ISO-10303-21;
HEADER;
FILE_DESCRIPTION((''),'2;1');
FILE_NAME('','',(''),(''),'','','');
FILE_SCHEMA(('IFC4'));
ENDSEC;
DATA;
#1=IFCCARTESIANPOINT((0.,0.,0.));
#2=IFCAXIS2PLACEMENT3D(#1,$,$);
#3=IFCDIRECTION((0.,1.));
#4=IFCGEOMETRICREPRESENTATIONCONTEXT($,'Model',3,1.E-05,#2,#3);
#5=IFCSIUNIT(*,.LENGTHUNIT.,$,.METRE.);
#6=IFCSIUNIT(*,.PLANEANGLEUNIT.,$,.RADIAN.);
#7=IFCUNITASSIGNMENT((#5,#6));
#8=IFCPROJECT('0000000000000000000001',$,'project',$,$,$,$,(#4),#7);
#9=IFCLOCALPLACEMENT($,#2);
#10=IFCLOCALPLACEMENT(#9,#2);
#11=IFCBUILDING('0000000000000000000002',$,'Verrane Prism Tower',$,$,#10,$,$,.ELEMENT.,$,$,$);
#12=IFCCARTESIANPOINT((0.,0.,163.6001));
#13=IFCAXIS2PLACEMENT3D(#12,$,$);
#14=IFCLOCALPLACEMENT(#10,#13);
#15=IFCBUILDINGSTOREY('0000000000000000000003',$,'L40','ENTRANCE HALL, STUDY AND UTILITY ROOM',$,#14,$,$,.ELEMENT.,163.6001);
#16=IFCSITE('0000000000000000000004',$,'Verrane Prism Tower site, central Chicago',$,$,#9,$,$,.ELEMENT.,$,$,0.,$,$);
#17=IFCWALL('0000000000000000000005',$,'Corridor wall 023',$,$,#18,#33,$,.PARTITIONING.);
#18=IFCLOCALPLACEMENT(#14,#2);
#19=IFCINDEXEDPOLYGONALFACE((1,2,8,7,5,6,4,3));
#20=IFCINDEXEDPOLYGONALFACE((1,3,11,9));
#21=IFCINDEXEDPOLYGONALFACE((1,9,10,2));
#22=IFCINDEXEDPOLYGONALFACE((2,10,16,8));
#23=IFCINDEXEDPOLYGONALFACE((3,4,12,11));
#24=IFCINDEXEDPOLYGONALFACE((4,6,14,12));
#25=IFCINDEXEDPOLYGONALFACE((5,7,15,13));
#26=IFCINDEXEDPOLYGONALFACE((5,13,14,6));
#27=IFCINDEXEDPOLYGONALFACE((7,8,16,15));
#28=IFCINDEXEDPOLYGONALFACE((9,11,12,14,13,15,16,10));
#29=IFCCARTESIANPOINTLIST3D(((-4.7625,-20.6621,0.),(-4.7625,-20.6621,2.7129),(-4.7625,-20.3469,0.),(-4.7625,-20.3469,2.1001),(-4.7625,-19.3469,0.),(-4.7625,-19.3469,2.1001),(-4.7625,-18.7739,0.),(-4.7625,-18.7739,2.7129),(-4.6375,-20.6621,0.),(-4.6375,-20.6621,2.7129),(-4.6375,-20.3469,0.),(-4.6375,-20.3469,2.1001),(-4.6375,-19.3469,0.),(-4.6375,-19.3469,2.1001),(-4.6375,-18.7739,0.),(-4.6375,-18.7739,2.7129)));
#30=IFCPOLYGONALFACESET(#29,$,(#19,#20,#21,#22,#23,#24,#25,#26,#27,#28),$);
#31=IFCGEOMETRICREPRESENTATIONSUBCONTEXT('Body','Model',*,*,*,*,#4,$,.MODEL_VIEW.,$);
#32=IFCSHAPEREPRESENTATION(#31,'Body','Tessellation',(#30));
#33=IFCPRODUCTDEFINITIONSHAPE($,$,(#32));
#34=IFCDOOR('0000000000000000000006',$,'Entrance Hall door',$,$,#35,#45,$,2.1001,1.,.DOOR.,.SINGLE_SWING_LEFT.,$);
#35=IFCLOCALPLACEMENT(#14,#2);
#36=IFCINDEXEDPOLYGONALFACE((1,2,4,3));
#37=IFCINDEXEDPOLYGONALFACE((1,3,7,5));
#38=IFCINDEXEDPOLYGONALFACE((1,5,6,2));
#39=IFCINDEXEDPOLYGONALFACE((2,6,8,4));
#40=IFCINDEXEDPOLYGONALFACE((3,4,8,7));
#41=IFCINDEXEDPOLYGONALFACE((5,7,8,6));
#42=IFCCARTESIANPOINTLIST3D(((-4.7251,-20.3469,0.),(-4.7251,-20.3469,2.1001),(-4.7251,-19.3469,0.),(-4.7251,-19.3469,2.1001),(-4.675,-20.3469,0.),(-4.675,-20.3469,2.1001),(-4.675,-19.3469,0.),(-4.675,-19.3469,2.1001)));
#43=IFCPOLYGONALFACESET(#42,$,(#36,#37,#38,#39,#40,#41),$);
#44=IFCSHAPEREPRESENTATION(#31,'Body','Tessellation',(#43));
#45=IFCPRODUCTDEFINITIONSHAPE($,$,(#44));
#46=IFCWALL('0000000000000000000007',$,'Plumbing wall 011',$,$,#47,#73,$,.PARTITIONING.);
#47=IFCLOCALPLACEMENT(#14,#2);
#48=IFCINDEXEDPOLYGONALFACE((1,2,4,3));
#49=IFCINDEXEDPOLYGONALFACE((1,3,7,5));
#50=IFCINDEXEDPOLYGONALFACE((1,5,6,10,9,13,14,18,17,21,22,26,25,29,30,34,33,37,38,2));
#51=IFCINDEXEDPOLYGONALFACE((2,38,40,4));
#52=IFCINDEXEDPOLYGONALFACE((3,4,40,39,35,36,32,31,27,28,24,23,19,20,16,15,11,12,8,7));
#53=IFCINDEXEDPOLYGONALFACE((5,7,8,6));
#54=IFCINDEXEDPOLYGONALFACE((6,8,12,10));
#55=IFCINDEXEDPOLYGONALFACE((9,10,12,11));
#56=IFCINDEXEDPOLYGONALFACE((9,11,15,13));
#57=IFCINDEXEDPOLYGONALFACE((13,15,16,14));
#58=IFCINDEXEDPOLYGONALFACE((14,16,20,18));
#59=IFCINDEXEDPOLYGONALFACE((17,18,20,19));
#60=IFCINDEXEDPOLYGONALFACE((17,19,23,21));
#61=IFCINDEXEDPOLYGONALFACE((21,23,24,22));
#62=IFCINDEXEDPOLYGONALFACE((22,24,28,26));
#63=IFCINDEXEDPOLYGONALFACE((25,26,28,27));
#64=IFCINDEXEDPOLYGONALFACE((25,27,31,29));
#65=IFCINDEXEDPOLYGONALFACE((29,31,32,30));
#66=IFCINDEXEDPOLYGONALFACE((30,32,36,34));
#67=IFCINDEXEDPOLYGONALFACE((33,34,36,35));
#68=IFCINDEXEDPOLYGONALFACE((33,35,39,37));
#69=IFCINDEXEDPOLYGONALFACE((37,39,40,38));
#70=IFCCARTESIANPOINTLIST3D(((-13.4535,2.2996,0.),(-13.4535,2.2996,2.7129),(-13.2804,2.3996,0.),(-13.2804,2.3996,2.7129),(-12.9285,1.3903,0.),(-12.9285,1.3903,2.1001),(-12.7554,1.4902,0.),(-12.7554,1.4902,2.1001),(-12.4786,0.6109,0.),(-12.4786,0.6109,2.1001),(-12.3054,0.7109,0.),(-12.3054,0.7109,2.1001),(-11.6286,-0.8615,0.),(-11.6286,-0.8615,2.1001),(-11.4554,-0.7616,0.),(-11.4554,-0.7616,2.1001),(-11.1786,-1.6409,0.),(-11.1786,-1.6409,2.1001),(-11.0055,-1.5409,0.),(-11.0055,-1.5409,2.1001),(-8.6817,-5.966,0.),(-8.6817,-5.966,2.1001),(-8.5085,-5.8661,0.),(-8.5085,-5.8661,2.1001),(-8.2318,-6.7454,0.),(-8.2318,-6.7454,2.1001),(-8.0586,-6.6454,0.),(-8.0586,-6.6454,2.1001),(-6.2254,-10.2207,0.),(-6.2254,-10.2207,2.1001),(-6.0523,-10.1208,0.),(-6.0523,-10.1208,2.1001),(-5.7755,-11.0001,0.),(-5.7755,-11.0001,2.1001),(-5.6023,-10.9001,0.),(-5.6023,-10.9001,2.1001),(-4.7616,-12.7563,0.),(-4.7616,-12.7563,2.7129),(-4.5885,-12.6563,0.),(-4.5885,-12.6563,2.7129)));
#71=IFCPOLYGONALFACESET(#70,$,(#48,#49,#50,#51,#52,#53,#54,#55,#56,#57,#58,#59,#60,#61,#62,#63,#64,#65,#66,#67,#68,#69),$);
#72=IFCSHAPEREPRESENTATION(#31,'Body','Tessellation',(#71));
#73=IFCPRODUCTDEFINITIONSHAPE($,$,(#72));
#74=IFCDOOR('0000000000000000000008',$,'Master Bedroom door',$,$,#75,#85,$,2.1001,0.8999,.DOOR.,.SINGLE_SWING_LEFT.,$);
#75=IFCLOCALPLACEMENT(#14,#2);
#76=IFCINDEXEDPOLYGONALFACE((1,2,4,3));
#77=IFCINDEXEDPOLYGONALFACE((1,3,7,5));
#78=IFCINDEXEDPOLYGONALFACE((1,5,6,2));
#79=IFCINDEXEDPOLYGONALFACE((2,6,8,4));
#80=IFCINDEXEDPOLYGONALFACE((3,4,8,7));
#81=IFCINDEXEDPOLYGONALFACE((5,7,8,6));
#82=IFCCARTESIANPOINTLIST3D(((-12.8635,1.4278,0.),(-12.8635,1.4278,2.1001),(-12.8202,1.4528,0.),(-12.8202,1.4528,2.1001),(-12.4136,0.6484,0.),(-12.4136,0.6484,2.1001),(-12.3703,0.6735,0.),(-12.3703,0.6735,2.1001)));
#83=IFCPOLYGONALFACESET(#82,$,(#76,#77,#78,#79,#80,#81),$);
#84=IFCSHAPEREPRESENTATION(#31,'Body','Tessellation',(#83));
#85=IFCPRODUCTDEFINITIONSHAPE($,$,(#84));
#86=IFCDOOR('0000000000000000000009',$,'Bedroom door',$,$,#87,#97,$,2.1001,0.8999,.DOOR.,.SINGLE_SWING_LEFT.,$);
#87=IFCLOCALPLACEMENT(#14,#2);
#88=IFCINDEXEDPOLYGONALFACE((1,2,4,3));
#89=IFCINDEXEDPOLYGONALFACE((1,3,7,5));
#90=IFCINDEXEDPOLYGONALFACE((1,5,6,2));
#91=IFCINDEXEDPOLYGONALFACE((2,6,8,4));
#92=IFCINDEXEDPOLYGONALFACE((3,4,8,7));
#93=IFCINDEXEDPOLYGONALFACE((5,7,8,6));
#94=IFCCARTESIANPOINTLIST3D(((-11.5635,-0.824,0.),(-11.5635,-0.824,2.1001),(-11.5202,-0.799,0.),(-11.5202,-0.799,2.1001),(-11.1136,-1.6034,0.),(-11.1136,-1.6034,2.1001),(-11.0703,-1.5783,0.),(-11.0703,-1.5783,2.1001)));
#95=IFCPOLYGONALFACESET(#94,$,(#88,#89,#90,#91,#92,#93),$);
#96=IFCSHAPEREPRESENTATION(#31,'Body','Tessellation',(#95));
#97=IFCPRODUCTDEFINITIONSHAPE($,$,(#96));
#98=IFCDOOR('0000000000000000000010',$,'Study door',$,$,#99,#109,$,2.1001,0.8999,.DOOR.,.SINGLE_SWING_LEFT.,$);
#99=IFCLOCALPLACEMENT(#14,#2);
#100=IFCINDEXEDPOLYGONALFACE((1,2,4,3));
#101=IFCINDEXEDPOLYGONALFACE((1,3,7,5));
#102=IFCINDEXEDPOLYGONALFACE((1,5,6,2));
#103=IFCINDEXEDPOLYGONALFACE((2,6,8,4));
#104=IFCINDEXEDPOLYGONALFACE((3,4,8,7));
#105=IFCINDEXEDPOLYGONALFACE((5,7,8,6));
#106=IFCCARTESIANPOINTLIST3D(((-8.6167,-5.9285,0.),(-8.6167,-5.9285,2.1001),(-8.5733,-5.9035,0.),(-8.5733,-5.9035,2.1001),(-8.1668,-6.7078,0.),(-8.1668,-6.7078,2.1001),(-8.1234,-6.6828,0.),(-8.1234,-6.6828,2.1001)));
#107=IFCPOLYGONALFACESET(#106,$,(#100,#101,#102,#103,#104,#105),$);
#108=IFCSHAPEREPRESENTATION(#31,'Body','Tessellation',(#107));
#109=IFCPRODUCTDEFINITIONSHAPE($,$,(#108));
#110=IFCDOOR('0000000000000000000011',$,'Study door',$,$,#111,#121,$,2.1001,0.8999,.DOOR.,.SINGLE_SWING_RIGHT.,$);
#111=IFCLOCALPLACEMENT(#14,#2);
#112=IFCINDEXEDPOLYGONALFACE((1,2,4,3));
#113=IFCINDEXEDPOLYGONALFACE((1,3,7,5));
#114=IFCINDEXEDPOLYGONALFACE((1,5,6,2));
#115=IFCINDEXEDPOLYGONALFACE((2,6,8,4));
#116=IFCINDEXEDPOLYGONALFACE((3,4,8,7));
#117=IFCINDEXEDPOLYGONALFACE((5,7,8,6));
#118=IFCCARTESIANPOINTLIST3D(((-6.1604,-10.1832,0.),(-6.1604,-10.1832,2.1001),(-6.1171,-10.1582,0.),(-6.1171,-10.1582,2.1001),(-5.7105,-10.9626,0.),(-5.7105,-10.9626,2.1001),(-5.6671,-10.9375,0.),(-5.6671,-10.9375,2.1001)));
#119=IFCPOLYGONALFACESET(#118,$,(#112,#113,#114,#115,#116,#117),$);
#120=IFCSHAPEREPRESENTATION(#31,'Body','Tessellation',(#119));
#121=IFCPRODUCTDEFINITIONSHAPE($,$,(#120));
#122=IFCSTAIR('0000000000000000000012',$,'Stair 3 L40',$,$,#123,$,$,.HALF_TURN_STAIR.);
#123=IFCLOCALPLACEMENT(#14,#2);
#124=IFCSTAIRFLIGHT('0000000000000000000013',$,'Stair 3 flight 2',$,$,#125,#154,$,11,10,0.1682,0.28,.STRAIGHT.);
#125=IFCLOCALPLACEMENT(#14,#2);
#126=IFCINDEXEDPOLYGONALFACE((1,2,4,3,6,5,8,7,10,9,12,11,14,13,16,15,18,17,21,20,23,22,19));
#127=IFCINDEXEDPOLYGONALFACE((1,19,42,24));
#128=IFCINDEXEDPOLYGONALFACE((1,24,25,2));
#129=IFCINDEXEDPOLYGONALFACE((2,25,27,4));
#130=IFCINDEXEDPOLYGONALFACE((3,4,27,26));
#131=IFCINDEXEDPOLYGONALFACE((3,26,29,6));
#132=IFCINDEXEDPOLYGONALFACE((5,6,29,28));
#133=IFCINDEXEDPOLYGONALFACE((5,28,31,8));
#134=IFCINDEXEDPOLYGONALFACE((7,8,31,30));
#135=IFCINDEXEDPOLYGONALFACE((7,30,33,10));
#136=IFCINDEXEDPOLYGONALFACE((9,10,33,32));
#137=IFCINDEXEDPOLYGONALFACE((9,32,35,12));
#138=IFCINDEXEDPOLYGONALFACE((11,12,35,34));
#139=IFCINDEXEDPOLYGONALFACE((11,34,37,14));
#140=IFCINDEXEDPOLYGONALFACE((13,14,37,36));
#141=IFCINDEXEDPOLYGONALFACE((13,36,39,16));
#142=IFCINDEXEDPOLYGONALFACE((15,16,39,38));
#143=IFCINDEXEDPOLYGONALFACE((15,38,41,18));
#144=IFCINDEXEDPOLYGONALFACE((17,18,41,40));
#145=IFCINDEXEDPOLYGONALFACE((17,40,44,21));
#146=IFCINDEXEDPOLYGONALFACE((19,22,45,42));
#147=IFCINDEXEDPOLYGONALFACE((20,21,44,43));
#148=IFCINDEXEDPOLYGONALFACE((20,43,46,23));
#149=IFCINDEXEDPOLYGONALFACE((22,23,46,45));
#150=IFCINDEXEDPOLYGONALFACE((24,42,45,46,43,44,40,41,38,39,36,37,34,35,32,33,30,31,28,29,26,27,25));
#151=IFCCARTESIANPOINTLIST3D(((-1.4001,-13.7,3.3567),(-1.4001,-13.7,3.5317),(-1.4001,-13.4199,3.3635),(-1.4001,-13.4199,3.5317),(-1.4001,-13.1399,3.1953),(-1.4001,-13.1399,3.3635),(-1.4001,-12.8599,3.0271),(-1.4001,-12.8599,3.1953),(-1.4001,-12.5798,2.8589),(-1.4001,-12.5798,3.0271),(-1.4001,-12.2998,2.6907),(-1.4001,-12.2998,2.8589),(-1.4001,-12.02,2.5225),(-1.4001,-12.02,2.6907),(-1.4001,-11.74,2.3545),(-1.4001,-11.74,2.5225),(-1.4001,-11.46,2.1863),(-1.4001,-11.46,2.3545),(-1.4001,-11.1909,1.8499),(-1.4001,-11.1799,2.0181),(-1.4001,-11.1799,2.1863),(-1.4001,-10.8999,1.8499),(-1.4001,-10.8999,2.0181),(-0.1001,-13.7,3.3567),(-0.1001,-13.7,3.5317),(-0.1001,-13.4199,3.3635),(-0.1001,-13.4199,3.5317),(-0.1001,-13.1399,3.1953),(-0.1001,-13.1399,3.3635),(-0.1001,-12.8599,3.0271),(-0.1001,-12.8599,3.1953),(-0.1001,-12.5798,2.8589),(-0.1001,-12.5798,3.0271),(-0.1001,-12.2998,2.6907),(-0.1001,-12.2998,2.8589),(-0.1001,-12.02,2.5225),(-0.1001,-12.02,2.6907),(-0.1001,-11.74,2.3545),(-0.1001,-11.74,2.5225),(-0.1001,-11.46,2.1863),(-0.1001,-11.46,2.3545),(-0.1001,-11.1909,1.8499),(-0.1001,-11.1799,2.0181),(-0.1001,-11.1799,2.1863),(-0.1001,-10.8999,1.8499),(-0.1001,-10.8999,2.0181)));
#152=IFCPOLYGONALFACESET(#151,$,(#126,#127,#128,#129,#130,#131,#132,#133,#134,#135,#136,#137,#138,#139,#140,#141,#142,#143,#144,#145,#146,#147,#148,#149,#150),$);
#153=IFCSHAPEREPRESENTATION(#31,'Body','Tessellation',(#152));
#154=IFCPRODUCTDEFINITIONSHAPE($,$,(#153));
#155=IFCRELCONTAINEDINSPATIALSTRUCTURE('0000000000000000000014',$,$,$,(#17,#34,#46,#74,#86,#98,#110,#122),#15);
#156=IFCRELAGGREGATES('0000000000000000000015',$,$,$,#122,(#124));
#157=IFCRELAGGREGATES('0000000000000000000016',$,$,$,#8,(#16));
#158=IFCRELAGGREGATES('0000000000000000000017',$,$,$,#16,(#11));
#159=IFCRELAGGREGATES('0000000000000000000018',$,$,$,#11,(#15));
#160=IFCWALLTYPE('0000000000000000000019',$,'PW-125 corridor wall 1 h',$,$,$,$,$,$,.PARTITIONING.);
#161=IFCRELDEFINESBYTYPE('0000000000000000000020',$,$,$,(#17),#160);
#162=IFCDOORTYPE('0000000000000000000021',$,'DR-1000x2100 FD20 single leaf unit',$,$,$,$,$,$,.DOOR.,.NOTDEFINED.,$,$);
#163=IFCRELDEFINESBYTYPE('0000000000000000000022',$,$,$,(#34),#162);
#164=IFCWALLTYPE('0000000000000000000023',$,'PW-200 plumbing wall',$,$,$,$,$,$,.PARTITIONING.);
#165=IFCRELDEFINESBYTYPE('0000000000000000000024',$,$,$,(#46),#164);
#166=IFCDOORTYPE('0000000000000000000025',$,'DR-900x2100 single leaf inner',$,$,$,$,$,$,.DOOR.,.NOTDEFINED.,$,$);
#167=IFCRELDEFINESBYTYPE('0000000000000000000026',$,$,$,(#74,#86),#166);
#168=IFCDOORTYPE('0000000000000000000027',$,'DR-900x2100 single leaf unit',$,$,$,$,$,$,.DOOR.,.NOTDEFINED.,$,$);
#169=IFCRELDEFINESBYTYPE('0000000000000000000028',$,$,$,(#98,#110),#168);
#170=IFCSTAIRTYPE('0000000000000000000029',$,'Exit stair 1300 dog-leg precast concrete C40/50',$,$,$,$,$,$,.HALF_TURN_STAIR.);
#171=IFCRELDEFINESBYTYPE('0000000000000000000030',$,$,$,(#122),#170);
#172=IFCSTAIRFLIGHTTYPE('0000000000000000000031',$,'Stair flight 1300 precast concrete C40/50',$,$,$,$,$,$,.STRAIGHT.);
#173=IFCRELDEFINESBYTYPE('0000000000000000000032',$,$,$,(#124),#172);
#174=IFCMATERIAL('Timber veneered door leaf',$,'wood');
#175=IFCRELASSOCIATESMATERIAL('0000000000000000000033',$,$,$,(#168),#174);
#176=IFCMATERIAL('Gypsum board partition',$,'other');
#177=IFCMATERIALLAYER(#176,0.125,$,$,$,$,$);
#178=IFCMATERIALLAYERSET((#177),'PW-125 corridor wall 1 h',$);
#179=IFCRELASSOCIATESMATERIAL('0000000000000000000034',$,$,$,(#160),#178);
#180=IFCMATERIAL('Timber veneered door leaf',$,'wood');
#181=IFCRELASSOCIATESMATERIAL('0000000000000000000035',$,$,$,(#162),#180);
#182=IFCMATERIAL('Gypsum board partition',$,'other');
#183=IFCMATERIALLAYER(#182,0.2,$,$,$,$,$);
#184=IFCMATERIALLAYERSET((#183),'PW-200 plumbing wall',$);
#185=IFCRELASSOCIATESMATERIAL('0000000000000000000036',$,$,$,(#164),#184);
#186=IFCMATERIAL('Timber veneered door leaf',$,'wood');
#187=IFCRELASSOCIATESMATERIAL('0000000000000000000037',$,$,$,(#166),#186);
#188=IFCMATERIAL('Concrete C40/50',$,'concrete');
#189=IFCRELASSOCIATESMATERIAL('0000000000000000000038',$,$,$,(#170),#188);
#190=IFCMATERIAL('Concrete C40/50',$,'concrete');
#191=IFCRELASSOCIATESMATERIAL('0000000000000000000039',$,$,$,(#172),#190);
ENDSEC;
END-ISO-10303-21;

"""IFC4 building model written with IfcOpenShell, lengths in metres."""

from ifc_helpers import new_model, si_unit, direction, frame, frame_2d, origin, place, context, subcontext, project, spatial, polyline, rectangle, outline, extrude, material, layer, layer_set, type_object, element, fill, aggregate, save


model = new_model("IFC4")

# Units and contexts
model_context = context("Model", 3, precision=1e-05, world=origin(), true_north=direction((0.0, 1.0)))
body_context = subcontext(model_context, "Body", "Model", "MODEL_VIEW")
ifc_project = project(units=[si_unit("LENGTHUNIT", "METRE"), si_unit("PLANEANGLEUNIT", "RADIAN")], contexts=[model_context])

# Site, building, storey
site_placement = place(None, origin())
site = spatial("IfcSite", under=ifc_project, at=site_placement, Name="Verrane Prism Tower site, central Chicago", CompositionType="ELEMENT", RefElevation=0.0)
building_placement = place(site_placement, origin())
building = spatial("IfcBuilding", under=site, at=building_placement, Name="Verrane Prism Tower", CompositionType="ELEMENT")
storey_placement = place(building_placement, frame((0.0, 0.0, 163.6001)))
storey = spatial("IfcBuildingStorey", under=building, at=storey_placement, Name="L40", Description="ENTRANCE HALL, STUDY AND UTILITY ROOM", CompositionType="ELEMENT", Elevation=163.6001)

# Wall, opening, door
ifc_material_1 = material(Name="Timber veneered door leaf", Category="wood")
door_type_1 = type_object("IfcDoorType", Name="DR-900x2100 single leaf unit", OperationType="NOTDEFINED", PredefinedType="DOOR", material=ifc_material_1)
ifc_material_2 = material(Name="Gypsum board partition", Category="other")
ifc_layer_1 = layer(ifc_material_2, 0.125)
ifc_layer_set_1 = layer_set([ifc_layer_1], Name="PW-125 corridor wall 1 h")
wall_type_1 = type_object("IfcWallType", Name="PW-125 corridor wall 1 h", PredefinedType="PARTITIONING", material=ifc_layer_set_1)
wall_1_placement = place(storey_placement, frame((-4.7, -18.7739, 0.0), z_axis=(0.0, 0.0, 1.0), x_axis=(0.0, -1.0, 0.0)))
wall_1 = element("IfcWall", 1, at=wall_1_placement, inside=storey, type_object=wall_type_1, Name="Corridor wall 023", PredefinedType="PARTITIONING", context=body_context, shape_type="SweptSolid", body=[
    extrude(rectangle(XDim=1.8882, YDim=0.125, at=frame_2d((0.9441, 0.0))), origin(), (0.0, 0.0, 1.0), 2.7129),
])
opening_1_placement = place(wall_1_placement, frame((0.573, 0.0, 0.0)))
opening_1 = element("IfcOpeningElement", 2, at=opening_1_placement, cuts=wall_1, PredefinedType="OPENING", context=body_context, shape_type="SweptSolid", body=[
    extrude(rectangle(XDim=1.0, YDim=2.1001, at=frame_2d((0.5, 1.05))), frame((0.0, 0.0725, 0.0), z_axis=(0.0, -1.0, 0.0), x_axis=(1.0, 0.0, 0.0)), (0.0, 0.0, 1.0), 0.145),
])
ifc_material_3 = material(Name="Timber veneered door leaf", Category="wood")
door_type_2 = type_object("IfcDoorType", Name="DR-1000x2100 FD20 single leaf unit", OperationType="NOTDEFINED", PredefinedType="DOOR", material=ifc_material_3)
door_1_placement = place(opening_1_placement, origin())
door_1 = element("IfcDoor", 3, at=door_1_placement, inside=storey, type_object=door_type_2, Name="Entrance Hall door", OperationType="SINGLE_SWING_LEFT", OverallHeight=2.1001, OverallWidth=1.0, PredefinedType="DOOR", context=body_context, shape_type="SweptSolid", body=[
    extrude(rectangle(XDim=1.0, YDim=2.1001, at=frame_2d((0.5, 1.05))), frame((0.0, 0.0249, 0.0), z_axis=(0.0, -1.0, 0.0), x_axis=(1.0, 0.0, 0.0)), (0.0, 0.0, 1.0), 0.05),
])
fill(opening_1, door_1)

# Wall, openings, doors
ifc_material_4 = material(Name="Gypsum board partition", Category="other")
ifc_layer_2 = layer(ifc_material_4, 0.2)
ifc_layer_set_2 = layer_set([ifc_layer_2], Name="PW-200 plumbing wall")
wall_type_2 = type_object("IfcWallType", Name="PW-200 plumbing wall", PredefinedType="PARTITIONING", material=ifc_layer_set_2)
wall_2_placement = place(storey_placement, frame((-4.675, -12.7063, 0.0), z_axis=(0.0, 0.0, 1.0), x_axis=(-0.499972, 0.866041, 0.0)))
wall_2 = element("IfcWall", 4, at=wall_2_placement, inside=storey, type_object=wall_type_2, Name="Plumbing wall 011", PredefinedType="PARTITIONING", context=body_context, shape_type="SweptSolid", body=[
    extrude(rectangle(XDim=17.3848, YDim=0.2, at=frame_2d((8.6924, 0.0))), origin(), (0.0, 0.0, 1.0), 2.7129),
])
opening_2_placement = place(wall_2_placement, frame((15.4348, 0.0, 0.0)))
opening_2 = element("IfcOpeningElement", 5, at=opening_2_placement, cuts=wall_2, PredefinedType="OPENING", context=body_context, shape_type="SweptSolid", body=[
    extrude(rectangle(XDim=0.8999, YDim=2.1001, at=frame_2d((0.45, 1.05))), frame((0.0, 0.1099, 0.0), z_axis=(0.0, -1.0, 0.0), x_axis=(1.0, 0.0, 0.0)), (0.0, 0.0, 1.0), 0.22),
])
opening_3_placement = place(wall_2_placement, frame((12.8347, 0.0, 0.0)))
opening_3 = element("IfcOpeningElement", 6, at=opening_3_placement, cuts=wall_2, PredefinedType="OPENING", context=body_context, shape_type="SweptSolid", body=[
    extrude(rectangle(XDim=0.8999, YDim=2.1001, at=frame_2d((0.45, 1.05))), frame((0.0, 0.1099, 0.0), z_axis=(0.0, -1.0, 0.0), x_axis=(1.0, 0.0, 0.0)), (0.0, 0.0, 1.0), 0.22),
])
opening_4_placement = place(wall_2_placement, frame((6.9407, 0.0, 0.0)))
opening_4 = element("IfcOpeningElement", 7, at=opening_4_placement, cuts=wall_2, PredefinedType="OPENING", context=body_context, shape_type="SweptSolid", body=[
    extrude(rectangle(XDim=0.8999, YDim=2.1001, at=frame_2d((0.45, 1.05))), frame((0.0, 0.1099, 0.0), z_axis=(0.0, -1.0, 0.0), x_axis=(1.0, 0.0, 0.0)), (0.0, 0.0, 1.0), 0.22),
])
opening_5_placement = place(wall_2_placement, frame((2.0278, 0.0, 0.0)))
opening_5 = element("IfcOpeningElement", 8, at=opening_5_placement, cuts=wall_2, PredefinedType="OPENING", context=body_context, shape_type="SweptSolid", body=[
    extrude(rectangle(XDim=0.8999, YDim=2.1001, at=frame_2d((0.45, 1.05))), frame((0.0, 0.1099, 0.0), z_axis=(0.0, -1.0, 0.0), x_axis=(1.0, 0.0, 0.0)), (0.0, 0.0, 1.0), 0.22),
])
ifc_material_5 = material(Name="Timber veneered door leaf", Category="wood")
door_type_3 = type_object("IfcDoorType", Name="DR-900x2100 single leaf inner", OperationType="NOTDEFINED", PredefinedType="DOOR", material=ifc_material_5)
door_2_placement = place(opening_2_placement, origin())
door_2 = element("IfcDoor", 9, at=door_2_placement, inside=storey, type_object=door_type_3, Name="Master Bedroom door", OperationType="SINGLE_SWING_LEFT", OverallHeight=2.1001, OverallWidth=0.8999, PredefinedType="DOOR", context=body_context, shape_type="SweptSolid", body=[
    extrude(rectangle(XDim=0.8999, YDim=2.1001, at=frame_2d((0.45, 1.05))), frame((0.0, 0.0249, 0.0), z_axis=(0.0, -1.0, 0.0), x_axis=(1.0, 0.0, 0.0)), (0.0, 0.0, 1.0), 0.05),
])
fill(opening_2, door_2)
door_3_placement = place(opening_3_placement, origin())
door_3 = element("IfcDoor", 10, at=door_3_placement, inside=storey, type_object=door_type_3, Name="Bedroom door", OperationType="SINGLE_SWING_LEFT", OverallHeight=2.1001, OverallWidth=0.8999, PredefinedType="DOOR", context=body_context, shape_type="SweptSolid", body=[
    extrude(rectangle(XDim=0.8999, YDim=2.1001, at=frame_2d((0.45, 1.05))), frame((0.0, 0.0249, 0.0), z_axis=(0.0, -1.0, 0.0), x_axis=(1.0, 0.0, 0.0)), (0.0, 0.0, 1.0), 0.05),
])
fill(opening_3, door_3)
door_4_placement = place(opening_4_placement, origin())
door_4 = element("IfcDoor", 11, at=door_4_placement, inside=storey, type_object=door_type_1, Name="Study door", OperationType="SINGLE_SWING_LEFT", OverallHeight=2.1001, OverallWidth=0.8999, PredefinedType="DOOR", context=body_context, shape_type="SweptSolid", body=[
    extrude(rectangle(XDim=0.8999, YDim=2.1001, at=frame_2d((0.45, 1.05))), frame((0.0, 0.0249, 0.0), z_axis=(0.0, -1.0, 0.0), x_axis=(1.0, 0.0, 0.0)), (0.0, 0.0, 1.0), 0.05),
])
fill(opening_4, door_4)
door_5_placement = place(opening_5_placement, origin())
door_5 = element("IfcDoor", 12, at=door_5_placement, inside=storey, type_object=door_type_1, Name="Study door", OperationType="SINGLE_SWING_RIGHT", OverallHeight=2.1001, OverallWidth=0.8999, PredefinedType="DOOR", context=body_context, shape_type="SweptSolid", body=[
    extrude(rectangle(XDim=0.8999, YDim=2.1001, at=frame_2d((0.45, 1.05))), frame((0.0, 0.0249, 0.0), z_axis=(0.0, -1.0, 0.0), x_axis=(1.0, 0.0, 0.0)), (0.0, 0.0, 1.0), 0.05),
])
fill(opening_5, door_5)

# Stair, stair flight
ifc_material_6 = material(Name="Concrete C40/50", Category="concrete")
stair_type = type_object("IfcStairType", Name="Exit stair 1300 dog-leg precast concrete C40/50", PredefinedType="HALF_TURN_STAIR", material=ifc_material_6)
stair_placement = place(storey_placement, origin())
stair = element("IfcStair", 13, at=stair_placement, inside=storey, type_object=stair_type, Name="Stair 3 L40", PredefinedType="HALF_TURN_STAIR")
ifc_material_7 = material(Name="Concrete C40/50", Category="concrete")
stair_flight_type = type_object("IfcStairFlightType", Name="Stair flight 1300 precast concrete C40/50", PredefinedType="STRAIGHT", material=ifc_material_7)
stair_flight_placement = place(storey_placement, frame((-0.75, -10.8999, 1.8499), z_axis=(0.0, 0.0, 1.0), x_axis=(0.0, -1.0, 0.0)))
stair_flight = element("IfcStairFlight", 14, at=stair_flight_placement, type_object=stair_flight_type, Name="Stair 3 flight 2", NumberOfRisers=11, NumberOfTreads=10, PredefinedType="STRAIGHT", RiserHeight=0.1682, TreadLength=0.28, context=body_context, shape_type="SweptSolid", body=[
    extrude(outline(polyline([(0.0, 0.0), (0.0, 0.1682), (0.28, 0.1682), (0.28, 0.3364), (0.5601, 0.3364), (0.5601, 0.5046), (0.8401, 0.5046), (0.8401, 0.6726), (1.1201, 0.6726), (1.1201, 0.8408), (1.3999, 0.8408), (1.3999, 1.009), (1.6799, 1.009), (1.6799, 1.1772), (1.96, 1.1772), (1.96, 1.3455), (2.24, 1.3455), (2.24, 1.5137), (2.52, 1.5137), (2.52, 1.6819), (2.8, 1.6819), (2.8, 1.8501), (2.8, 1.5068), (0.291, 0.0), (0.0, 0.0)])), frame((0.0, 0.6499, 0.0), z_axis=(0.0, -1.0, 0.0), x_axis=(1.0, 0.0, 0.0)), (0.0, 0.0, 1.0), 1.3),
])
aggregate(stair, [stair_flight])

save(model, "model.ifc")
